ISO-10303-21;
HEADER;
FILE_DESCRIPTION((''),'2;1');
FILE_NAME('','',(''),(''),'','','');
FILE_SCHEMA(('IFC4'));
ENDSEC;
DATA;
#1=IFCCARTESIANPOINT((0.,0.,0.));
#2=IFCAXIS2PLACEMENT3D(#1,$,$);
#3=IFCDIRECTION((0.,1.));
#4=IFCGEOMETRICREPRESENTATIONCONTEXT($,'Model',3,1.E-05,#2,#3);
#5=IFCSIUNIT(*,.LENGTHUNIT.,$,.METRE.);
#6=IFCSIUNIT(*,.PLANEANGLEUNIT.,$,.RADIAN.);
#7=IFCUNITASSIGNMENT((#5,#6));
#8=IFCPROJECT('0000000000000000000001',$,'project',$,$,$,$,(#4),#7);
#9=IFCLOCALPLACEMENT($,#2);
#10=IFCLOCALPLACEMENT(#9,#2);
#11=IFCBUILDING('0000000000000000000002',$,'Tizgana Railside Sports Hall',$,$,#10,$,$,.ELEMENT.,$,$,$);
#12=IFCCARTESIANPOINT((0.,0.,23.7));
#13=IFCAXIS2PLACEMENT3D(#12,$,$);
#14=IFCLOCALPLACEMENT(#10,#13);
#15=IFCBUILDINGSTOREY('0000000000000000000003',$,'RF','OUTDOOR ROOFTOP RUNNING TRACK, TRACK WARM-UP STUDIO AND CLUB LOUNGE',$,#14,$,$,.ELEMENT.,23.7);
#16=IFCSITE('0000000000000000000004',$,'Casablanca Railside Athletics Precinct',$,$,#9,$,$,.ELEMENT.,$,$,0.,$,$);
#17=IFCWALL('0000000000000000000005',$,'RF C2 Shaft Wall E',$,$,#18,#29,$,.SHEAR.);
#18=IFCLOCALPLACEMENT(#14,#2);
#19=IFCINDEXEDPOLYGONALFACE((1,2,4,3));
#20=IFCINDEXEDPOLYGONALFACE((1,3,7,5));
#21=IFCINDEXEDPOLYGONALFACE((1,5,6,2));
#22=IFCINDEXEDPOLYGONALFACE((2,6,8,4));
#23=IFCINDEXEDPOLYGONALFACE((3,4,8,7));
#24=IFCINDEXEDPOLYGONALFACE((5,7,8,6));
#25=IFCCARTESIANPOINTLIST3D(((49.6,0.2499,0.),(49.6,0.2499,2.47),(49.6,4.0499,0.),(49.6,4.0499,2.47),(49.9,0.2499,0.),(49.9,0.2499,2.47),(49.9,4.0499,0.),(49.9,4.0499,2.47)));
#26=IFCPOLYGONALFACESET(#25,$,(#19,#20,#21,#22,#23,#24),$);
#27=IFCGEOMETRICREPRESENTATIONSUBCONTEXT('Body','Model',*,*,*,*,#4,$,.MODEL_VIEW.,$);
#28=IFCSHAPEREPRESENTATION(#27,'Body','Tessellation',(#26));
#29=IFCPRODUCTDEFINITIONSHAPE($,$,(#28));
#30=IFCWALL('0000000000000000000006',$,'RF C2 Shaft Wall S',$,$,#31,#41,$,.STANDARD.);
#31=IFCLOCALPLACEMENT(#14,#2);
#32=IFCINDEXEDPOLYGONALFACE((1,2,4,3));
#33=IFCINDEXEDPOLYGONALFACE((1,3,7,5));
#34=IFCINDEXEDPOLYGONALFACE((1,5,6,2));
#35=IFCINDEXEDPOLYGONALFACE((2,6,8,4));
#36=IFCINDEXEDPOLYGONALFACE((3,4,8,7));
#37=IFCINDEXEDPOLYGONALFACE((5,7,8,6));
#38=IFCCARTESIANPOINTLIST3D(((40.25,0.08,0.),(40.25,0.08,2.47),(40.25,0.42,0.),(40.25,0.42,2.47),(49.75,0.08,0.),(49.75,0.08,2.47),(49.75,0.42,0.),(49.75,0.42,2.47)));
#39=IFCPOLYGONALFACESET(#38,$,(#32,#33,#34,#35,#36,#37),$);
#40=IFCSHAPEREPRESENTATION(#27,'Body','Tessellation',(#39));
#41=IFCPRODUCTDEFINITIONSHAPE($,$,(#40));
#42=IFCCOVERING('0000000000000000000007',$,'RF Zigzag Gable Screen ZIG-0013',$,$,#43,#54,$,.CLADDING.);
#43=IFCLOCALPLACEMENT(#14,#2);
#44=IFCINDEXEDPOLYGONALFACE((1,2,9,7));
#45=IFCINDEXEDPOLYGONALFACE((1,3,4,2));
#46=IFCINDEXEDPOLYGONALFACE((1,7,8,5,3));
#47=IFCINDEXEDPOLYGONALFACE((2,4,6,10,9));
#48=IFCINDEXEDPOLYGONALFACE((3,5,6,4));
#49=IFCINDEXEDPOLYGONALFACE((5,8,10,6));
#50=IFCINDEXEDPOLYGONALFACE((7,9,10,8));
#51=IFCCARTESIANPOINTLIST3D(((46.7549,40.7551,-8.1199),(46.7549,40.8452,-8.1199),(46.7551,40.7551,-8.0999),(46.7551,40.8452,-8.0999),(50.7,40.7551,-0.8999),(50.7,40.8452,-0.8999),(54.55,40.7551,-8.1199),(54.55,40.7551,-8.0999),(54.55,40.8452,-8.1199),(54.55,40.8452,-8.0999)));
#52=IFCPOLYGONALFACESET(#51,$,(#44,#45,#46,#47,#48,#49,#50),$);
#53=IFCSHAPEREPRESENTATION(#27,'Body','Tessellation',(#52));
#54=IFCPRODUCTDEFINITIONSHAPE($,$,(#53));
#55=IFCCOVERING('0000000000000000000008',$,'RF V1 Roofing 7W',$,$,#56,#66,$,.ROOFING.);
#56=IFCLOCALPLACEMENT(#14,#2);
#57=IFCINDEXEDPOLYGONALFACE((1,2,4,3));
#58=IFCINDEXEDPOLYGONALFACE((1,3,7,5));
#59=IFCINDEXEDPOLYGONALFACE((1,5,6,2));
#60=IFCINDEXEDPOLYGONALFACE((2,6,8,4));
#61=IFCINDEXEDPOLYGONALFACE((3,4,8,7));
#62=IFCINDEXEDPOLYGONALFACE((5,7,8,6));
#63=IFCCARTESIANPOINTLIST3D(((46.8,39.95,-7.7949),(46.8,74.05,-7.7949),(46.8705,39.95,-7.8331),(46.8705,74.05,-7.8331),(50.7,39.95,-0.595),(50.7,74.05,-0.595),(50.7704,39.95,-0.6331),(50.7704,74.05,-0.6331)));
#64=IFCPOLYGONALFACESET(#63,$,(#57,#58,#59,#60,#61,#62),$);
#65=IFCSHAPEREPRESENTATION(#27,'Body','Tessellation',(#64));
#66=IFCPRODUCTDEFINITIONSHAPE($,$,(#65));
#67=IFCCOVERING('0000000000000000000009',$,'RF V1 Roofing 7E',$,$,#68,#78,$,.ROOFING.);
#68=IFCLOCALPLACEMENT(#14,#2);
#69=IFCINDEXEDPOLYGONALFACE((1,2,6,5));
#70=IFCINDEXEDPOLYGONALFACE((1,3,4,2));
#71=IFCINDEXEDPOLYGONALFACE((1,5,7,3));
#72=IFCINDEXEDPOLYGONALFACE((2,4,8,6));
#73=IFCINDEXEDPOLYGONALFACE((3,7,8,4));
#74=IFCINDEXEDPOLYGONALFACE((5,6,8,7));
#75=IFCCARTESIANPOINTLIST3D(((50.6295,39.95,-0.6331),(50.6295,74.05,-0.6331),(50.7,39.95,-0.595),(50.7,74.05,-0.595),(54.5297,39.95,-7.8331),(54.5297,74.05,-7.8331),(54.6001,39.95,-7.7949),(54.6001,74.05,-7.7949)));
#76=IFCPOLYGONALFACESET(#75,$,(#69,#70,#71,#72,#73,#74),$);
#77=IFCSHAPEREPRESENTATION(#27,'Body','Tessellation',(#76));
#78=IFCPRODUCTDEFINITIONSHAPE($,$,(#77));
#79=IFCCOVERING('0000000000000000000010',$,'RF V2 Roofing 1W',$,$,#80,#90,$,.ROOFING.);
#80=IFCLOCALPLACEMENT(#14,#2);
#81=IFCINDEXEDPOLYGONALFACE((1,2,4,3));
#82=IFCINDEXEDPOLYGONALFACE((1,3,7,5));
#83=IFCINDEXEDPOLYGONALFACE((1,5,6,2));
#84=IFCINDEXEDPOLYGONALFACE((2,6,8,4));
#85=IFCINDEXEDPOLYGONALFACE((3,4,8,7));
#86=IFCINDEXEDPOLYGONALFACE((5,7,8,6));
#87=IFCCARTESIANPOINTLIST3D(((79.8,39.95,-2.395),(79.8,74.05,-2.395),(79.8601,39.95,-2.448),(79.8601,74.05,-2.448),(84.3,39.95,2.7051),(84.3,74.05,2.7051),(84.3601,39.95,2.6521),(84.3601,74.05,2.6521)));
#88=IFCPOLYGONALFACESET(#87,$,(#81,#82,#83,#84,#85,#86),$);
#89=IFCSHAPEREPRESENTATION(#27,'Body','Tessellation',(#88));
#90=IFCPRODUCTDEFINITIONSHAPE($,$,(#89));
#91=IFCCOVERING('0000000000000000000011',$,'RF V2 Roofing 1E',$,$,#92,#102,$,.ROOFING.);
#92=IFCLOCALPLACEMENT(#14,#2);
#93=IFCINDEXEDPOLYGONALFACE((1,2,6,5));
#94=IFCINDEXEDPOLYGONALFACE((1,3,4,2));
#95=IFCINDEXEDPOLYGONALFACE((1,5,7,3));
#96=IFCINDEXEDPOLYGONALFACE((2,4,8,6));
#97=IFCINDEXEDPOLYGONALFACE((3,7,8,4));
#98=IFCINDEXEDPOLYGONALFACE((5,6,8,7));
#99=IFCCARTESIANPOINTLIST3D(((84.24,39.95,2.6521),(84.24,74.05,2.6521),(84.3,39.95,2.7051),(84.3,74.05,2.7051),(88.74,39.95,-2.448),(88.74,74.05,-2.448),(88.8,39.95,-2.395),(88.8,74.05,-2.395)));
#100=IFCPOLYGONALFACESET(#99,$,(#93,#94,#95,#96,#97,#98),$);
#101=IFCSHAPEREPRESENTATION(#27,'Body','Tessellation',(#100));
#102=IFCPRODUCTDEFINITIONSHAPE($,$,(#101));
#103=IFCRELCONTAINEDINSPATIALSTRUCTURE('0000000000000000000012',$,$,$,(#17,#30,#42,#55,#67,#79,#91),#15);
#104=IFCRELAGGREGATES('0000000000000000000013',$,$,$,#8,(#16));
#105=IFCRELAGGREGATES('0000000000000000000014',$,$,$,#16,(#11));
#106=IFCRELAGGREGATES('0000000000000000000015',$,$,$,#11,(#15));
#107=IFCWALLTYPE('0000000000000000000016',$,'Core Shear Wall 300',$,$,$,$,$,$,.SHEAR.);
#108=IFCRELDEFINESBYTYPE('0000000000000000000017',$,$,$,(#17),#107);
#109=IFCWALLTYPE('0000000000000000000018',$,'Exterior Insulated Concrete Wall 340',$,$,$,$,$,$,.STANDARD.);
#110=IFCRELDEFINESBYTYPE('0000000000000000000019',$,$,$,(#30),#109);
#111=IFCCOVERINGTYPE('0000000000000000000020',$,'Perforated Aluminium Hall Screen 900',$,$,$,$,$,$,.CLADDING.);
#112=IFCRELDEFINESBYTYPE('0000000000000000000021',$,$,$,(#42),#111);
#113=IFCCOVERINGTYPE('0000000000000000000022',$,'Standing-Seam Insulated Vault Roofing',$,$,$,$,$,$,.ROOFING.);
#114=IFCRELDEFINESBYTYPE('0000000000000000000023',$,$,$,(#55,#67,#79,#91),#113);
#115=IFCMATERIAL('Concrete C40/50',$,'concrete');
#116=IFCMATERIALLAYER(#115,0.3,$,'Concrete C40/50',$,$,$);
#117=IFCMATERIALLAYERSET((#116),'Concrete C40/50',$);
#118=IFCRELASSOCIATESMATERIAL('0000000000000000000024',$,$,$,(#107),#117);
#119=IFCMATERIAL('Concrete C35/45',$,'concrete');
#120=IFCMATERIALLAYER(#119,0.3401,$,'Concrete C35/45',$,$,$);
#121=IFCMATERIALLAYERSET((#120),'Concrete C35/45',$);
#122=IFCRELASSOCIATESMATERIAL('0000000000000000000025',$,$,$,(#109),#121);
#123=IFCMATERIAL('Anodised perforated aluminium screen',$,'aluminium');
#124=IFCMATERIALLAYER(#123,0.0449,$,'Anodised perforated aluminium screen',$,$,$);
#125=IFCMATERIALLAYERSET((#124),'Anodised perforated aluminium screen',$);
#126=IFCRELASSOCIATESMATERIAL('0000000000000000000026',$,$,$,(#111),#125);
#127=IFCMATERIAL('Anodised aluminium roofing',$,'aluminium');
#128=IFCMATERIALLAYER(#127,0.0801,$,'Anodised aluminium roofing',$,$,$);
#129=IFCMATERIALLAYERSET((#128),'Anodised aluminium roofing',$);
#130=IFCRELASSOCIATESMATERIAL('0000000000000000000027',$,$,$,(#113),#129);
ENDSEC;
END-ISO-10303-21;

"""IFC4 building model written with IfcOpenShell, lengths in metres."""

from ifc_helpers import new_model, si_unit, direction, frame, frame_2d, origin, place, context, subcontext, project, spatial, polyline, rectangle, outline, extrude, material, layer, layer_set, type_object, element, save


model = new_model("IFC4")

# Units and contexts
model_context = context("Model", 3, precision=1e-05, world=origin(), true_north=direction((0.0, 1.0)))
body_context = subcontext(model_context, "Body", "Model", "MODEL_VIEW")
ifc_project = project(units=[si_unit("LENGTHUNIT", "METRE"), si_unit("PLANEANGLEUNIT", "RADIAN")], contexts=[model_context])

# Site, building, storey
site_placement = place(None, origin())
site = spatial("IfcSite", under=ifc_project, at=site_placement, Name="Casablanca Railside Athletics Precinct", CompositionType="ELEMENT", RefElevation=0.0)
building_placement = place(site_placement, origin())
building = spatial("IfcBuilding", under=site, at=building_placement, Name="Tizgana Railside Sports Hall", CompositionType="ELEMENT")
storey_placement = place(building_placement, frame((0.0, 0.0, 23.7)))
storey = spatial("IfcBuildingStorey", under=building, at=storey_placement, Name="RF", Description="OUTDOOR ROOFTOP RUNNING TRACK, TRACK WARM-UP STUDIO AND CLUB LOUNGE", CompositionType="ELEMENT", Elevation=23.7)

# Shared definitions
ifc_material_1 = material(Name="Concrete C40/50", Category="concrete")

# Walls
ifc_layer_1 = layer(ifc_material_1, 0.3, Name="Concrete C40/50")
ifc_layer_set_1 = layer_set([ifc_layer_1], Name="Concrete C40/50")
wall_type_1 = type_object("IfcWallType", Name="Core Shear Wall 300", PredefinedType="SHEAR", material=ifc_layer_set_1)
wall_1_placement = place(storey_placement, frame((49.75, 0.25, 0.0), z_axis=(0.0, 0.0, 1.0), x_axis=(0.0, 1.0, 0.0)))
element("IfcWall", 1, at=wall_1_placement, inside=storey, type_object=wall_type_1, Name="RF C2 Shaft Wall E", PredefinedType="SHEAR", context=body_context, shape_type="SweptSolid", body=[
    extrude(rectangle(XDim=3.8, YDim=0.3, at=frame_2d((1.8999, 0.0))), origin(), (0.0, 0.0, 1.0), 2.47),
])
ifc_material_2 = material(Name="Concrete C35/45", Category="concrete")
ifc_layer_2 = layer(ifc_material_2, 0.3401, Name="Concrete C35/45")
ifc_layer_set_2 = layer_set([ifc_layer_2], Name="Concrete C35/45")
wall_type_2 = type_object("IfcWallType", Name="Exterior Insulated Concrete Wall 340", PredefinedType="STANDARD", material=ifc_layer_set_2)
wall_2_placement = place(storey_placement, frame((49.75, 0.25, 0.0), z_axis=(0.0, 0.0, 1.0), x_axis=(-1.0, 0.0, 0.0)))
element("IfcWall", 2, at=wall_2_placement, inside=storey, type_object=wall_type_2, Name="RF C2 Shaft Wall S", PredefinedType="STANDARD", context=body_context, shape_type="SweptSolid", body=[
    extrude(rectangle(XDim=9.5, YDim=0.3401, at=frame_2d((4.75, 0.0))), origin(), (0.0, 0.0, 1.0), 2.47),
])

# Coverings
ifc_material_3 = material(Name="Anodised perforated aluminium screen", Category="aluminium")
ifc_layer_3 = layer(ifc_material_3, 0.0449, Name="Anodised perforated aluminium screen")
ifc_layer_set_3 = layer_set([ifc_layer_3], Name="Anodised perforated aluminium screen")
covering_type_1 = type_object("IfcCoveringType", Name="Perforated Aluminium Hall Screen 900", PredefinedType="CLADDING", material=ifc_layer_set_3)
covering_1_placement = place(storey_placement, frame((54.55, 40.8, -8.1199), z_axis=(0.0, 0.0, 1.0), x_axis=(-1.0, 0.0, 0.0)))
element("IfcCovering", 3, at=covering_1_placement, inside=storey, type_object=covering_type_1, Name="RF Zigzag Gable Screen ZIG-0013", PredefinedType="CLADDING", context=body_context, shape_type="SweptSolid", body=[
    extrude(outline(polyline([(0.0, 0.0), (7.7952, 0.0), (7.7949, 0.02), (3.8501, 7.22), (0.0, 0.02), (0.0, 0.0)])), frame((0.0, 0.0449, 0.0), z_axis=(0.0, -1.0, 0.0), x_axis=(1.0, 0.0, 0.0)), (0.0, 0.0, 1.0), 0.0901),
])
ifc_material_4 = material(Name="Anodised aluminium roofing", Category="aluminium")
ifc_layer_4 = layer(ifc_material_4, 0.0801, Name="Anodised aluminium roofing")
ifc_layer_set_4 = layer_set([ifc_layer_4], Name="Anodised aluminium roofing")
covering_type_2 = type_object("IfcCoveringType", Name="Standing-Seam Insulated Vault Roofing", PredefinedType="ROOFING", material=ifc_layer_set_4)
covering_2_placement = place(storey_placement, frame((46.8, 39.95, -7.7949), z_axis=(-0.879296, 0.0, 0.476276), x_axis=(0.476276, 0.0, 0.879296)))
element("IfcCovering", 4, at=covering_2_placement, inside=storey, type_object=covering_type_2, Name="RF V1 Roofing 7W", PredefinedType="ROOFING", context=body_context, shape_type="SweptSolid", body=[
    extrude(outline(polyline([(0.0, 0.0), (8.1883, 0.0), (8.1883, 34.1001), (0.0, 34.1001), (0.0, 0.0)])), origin(), (0.0, 0.0, -1.0), 0.0801),
])
covering_3_placement = place(storey_placement, frame((50.7, 39.95, -0.595), z_axis=(0.879283, 0.0, 0.476299), x_axis=(0.476299, 0.0, -0.879283)))
element("IfcCovering", 5, at=covering_3_placement, inside=storey, type_object=covering_type_2, Name="RF V1 Roofing 7E", PredefinedType="ROOFING", context=body_context, shape_type="SweptSolid", body=[
    extrude(outline(polyline([(0.0, 0.0), (8.1884, 0.0), (8.1884, 34.1001), (0.0, 34.1001), (0.0, 0.0)])), origin(), (0.0, 0.0, -1.0), 0.0801),
])
for number, where, z_axis, x_axis, name in (
    (6, (79.8, 39.95, -2.395), (-0.749844, 0.0, 0.661615), (0.661615, 0.0, 0.749844), "RF V2 Roofing 1W"),
    (7, (84.3, 39.95, 2.7051), (0.749844, 0.0, 0.661615), (0.661615, 0.0, -0.749844), "RF V2 Roofing 1E"),
):
    element("IfcCovering", number, at=place(storey_placement, frame(where, z_axis=z_axis, x_axis=x_axis)), inside=storey, type_object=covering_type_2, Name=name, PredefinedType="ROOFING", context=body_context, shape_type="SweptSolid", body=[
        extrude(outline(polyline([(0.0, 0.0), (6.8015, 0.0), (6.8015, 34.1001), (0.0, 34.1001), (0.0, 0.0)])), origin(), (0.0, 0.0, -1.0), 0.0801),
    ])

save(model, "model.ifc")
